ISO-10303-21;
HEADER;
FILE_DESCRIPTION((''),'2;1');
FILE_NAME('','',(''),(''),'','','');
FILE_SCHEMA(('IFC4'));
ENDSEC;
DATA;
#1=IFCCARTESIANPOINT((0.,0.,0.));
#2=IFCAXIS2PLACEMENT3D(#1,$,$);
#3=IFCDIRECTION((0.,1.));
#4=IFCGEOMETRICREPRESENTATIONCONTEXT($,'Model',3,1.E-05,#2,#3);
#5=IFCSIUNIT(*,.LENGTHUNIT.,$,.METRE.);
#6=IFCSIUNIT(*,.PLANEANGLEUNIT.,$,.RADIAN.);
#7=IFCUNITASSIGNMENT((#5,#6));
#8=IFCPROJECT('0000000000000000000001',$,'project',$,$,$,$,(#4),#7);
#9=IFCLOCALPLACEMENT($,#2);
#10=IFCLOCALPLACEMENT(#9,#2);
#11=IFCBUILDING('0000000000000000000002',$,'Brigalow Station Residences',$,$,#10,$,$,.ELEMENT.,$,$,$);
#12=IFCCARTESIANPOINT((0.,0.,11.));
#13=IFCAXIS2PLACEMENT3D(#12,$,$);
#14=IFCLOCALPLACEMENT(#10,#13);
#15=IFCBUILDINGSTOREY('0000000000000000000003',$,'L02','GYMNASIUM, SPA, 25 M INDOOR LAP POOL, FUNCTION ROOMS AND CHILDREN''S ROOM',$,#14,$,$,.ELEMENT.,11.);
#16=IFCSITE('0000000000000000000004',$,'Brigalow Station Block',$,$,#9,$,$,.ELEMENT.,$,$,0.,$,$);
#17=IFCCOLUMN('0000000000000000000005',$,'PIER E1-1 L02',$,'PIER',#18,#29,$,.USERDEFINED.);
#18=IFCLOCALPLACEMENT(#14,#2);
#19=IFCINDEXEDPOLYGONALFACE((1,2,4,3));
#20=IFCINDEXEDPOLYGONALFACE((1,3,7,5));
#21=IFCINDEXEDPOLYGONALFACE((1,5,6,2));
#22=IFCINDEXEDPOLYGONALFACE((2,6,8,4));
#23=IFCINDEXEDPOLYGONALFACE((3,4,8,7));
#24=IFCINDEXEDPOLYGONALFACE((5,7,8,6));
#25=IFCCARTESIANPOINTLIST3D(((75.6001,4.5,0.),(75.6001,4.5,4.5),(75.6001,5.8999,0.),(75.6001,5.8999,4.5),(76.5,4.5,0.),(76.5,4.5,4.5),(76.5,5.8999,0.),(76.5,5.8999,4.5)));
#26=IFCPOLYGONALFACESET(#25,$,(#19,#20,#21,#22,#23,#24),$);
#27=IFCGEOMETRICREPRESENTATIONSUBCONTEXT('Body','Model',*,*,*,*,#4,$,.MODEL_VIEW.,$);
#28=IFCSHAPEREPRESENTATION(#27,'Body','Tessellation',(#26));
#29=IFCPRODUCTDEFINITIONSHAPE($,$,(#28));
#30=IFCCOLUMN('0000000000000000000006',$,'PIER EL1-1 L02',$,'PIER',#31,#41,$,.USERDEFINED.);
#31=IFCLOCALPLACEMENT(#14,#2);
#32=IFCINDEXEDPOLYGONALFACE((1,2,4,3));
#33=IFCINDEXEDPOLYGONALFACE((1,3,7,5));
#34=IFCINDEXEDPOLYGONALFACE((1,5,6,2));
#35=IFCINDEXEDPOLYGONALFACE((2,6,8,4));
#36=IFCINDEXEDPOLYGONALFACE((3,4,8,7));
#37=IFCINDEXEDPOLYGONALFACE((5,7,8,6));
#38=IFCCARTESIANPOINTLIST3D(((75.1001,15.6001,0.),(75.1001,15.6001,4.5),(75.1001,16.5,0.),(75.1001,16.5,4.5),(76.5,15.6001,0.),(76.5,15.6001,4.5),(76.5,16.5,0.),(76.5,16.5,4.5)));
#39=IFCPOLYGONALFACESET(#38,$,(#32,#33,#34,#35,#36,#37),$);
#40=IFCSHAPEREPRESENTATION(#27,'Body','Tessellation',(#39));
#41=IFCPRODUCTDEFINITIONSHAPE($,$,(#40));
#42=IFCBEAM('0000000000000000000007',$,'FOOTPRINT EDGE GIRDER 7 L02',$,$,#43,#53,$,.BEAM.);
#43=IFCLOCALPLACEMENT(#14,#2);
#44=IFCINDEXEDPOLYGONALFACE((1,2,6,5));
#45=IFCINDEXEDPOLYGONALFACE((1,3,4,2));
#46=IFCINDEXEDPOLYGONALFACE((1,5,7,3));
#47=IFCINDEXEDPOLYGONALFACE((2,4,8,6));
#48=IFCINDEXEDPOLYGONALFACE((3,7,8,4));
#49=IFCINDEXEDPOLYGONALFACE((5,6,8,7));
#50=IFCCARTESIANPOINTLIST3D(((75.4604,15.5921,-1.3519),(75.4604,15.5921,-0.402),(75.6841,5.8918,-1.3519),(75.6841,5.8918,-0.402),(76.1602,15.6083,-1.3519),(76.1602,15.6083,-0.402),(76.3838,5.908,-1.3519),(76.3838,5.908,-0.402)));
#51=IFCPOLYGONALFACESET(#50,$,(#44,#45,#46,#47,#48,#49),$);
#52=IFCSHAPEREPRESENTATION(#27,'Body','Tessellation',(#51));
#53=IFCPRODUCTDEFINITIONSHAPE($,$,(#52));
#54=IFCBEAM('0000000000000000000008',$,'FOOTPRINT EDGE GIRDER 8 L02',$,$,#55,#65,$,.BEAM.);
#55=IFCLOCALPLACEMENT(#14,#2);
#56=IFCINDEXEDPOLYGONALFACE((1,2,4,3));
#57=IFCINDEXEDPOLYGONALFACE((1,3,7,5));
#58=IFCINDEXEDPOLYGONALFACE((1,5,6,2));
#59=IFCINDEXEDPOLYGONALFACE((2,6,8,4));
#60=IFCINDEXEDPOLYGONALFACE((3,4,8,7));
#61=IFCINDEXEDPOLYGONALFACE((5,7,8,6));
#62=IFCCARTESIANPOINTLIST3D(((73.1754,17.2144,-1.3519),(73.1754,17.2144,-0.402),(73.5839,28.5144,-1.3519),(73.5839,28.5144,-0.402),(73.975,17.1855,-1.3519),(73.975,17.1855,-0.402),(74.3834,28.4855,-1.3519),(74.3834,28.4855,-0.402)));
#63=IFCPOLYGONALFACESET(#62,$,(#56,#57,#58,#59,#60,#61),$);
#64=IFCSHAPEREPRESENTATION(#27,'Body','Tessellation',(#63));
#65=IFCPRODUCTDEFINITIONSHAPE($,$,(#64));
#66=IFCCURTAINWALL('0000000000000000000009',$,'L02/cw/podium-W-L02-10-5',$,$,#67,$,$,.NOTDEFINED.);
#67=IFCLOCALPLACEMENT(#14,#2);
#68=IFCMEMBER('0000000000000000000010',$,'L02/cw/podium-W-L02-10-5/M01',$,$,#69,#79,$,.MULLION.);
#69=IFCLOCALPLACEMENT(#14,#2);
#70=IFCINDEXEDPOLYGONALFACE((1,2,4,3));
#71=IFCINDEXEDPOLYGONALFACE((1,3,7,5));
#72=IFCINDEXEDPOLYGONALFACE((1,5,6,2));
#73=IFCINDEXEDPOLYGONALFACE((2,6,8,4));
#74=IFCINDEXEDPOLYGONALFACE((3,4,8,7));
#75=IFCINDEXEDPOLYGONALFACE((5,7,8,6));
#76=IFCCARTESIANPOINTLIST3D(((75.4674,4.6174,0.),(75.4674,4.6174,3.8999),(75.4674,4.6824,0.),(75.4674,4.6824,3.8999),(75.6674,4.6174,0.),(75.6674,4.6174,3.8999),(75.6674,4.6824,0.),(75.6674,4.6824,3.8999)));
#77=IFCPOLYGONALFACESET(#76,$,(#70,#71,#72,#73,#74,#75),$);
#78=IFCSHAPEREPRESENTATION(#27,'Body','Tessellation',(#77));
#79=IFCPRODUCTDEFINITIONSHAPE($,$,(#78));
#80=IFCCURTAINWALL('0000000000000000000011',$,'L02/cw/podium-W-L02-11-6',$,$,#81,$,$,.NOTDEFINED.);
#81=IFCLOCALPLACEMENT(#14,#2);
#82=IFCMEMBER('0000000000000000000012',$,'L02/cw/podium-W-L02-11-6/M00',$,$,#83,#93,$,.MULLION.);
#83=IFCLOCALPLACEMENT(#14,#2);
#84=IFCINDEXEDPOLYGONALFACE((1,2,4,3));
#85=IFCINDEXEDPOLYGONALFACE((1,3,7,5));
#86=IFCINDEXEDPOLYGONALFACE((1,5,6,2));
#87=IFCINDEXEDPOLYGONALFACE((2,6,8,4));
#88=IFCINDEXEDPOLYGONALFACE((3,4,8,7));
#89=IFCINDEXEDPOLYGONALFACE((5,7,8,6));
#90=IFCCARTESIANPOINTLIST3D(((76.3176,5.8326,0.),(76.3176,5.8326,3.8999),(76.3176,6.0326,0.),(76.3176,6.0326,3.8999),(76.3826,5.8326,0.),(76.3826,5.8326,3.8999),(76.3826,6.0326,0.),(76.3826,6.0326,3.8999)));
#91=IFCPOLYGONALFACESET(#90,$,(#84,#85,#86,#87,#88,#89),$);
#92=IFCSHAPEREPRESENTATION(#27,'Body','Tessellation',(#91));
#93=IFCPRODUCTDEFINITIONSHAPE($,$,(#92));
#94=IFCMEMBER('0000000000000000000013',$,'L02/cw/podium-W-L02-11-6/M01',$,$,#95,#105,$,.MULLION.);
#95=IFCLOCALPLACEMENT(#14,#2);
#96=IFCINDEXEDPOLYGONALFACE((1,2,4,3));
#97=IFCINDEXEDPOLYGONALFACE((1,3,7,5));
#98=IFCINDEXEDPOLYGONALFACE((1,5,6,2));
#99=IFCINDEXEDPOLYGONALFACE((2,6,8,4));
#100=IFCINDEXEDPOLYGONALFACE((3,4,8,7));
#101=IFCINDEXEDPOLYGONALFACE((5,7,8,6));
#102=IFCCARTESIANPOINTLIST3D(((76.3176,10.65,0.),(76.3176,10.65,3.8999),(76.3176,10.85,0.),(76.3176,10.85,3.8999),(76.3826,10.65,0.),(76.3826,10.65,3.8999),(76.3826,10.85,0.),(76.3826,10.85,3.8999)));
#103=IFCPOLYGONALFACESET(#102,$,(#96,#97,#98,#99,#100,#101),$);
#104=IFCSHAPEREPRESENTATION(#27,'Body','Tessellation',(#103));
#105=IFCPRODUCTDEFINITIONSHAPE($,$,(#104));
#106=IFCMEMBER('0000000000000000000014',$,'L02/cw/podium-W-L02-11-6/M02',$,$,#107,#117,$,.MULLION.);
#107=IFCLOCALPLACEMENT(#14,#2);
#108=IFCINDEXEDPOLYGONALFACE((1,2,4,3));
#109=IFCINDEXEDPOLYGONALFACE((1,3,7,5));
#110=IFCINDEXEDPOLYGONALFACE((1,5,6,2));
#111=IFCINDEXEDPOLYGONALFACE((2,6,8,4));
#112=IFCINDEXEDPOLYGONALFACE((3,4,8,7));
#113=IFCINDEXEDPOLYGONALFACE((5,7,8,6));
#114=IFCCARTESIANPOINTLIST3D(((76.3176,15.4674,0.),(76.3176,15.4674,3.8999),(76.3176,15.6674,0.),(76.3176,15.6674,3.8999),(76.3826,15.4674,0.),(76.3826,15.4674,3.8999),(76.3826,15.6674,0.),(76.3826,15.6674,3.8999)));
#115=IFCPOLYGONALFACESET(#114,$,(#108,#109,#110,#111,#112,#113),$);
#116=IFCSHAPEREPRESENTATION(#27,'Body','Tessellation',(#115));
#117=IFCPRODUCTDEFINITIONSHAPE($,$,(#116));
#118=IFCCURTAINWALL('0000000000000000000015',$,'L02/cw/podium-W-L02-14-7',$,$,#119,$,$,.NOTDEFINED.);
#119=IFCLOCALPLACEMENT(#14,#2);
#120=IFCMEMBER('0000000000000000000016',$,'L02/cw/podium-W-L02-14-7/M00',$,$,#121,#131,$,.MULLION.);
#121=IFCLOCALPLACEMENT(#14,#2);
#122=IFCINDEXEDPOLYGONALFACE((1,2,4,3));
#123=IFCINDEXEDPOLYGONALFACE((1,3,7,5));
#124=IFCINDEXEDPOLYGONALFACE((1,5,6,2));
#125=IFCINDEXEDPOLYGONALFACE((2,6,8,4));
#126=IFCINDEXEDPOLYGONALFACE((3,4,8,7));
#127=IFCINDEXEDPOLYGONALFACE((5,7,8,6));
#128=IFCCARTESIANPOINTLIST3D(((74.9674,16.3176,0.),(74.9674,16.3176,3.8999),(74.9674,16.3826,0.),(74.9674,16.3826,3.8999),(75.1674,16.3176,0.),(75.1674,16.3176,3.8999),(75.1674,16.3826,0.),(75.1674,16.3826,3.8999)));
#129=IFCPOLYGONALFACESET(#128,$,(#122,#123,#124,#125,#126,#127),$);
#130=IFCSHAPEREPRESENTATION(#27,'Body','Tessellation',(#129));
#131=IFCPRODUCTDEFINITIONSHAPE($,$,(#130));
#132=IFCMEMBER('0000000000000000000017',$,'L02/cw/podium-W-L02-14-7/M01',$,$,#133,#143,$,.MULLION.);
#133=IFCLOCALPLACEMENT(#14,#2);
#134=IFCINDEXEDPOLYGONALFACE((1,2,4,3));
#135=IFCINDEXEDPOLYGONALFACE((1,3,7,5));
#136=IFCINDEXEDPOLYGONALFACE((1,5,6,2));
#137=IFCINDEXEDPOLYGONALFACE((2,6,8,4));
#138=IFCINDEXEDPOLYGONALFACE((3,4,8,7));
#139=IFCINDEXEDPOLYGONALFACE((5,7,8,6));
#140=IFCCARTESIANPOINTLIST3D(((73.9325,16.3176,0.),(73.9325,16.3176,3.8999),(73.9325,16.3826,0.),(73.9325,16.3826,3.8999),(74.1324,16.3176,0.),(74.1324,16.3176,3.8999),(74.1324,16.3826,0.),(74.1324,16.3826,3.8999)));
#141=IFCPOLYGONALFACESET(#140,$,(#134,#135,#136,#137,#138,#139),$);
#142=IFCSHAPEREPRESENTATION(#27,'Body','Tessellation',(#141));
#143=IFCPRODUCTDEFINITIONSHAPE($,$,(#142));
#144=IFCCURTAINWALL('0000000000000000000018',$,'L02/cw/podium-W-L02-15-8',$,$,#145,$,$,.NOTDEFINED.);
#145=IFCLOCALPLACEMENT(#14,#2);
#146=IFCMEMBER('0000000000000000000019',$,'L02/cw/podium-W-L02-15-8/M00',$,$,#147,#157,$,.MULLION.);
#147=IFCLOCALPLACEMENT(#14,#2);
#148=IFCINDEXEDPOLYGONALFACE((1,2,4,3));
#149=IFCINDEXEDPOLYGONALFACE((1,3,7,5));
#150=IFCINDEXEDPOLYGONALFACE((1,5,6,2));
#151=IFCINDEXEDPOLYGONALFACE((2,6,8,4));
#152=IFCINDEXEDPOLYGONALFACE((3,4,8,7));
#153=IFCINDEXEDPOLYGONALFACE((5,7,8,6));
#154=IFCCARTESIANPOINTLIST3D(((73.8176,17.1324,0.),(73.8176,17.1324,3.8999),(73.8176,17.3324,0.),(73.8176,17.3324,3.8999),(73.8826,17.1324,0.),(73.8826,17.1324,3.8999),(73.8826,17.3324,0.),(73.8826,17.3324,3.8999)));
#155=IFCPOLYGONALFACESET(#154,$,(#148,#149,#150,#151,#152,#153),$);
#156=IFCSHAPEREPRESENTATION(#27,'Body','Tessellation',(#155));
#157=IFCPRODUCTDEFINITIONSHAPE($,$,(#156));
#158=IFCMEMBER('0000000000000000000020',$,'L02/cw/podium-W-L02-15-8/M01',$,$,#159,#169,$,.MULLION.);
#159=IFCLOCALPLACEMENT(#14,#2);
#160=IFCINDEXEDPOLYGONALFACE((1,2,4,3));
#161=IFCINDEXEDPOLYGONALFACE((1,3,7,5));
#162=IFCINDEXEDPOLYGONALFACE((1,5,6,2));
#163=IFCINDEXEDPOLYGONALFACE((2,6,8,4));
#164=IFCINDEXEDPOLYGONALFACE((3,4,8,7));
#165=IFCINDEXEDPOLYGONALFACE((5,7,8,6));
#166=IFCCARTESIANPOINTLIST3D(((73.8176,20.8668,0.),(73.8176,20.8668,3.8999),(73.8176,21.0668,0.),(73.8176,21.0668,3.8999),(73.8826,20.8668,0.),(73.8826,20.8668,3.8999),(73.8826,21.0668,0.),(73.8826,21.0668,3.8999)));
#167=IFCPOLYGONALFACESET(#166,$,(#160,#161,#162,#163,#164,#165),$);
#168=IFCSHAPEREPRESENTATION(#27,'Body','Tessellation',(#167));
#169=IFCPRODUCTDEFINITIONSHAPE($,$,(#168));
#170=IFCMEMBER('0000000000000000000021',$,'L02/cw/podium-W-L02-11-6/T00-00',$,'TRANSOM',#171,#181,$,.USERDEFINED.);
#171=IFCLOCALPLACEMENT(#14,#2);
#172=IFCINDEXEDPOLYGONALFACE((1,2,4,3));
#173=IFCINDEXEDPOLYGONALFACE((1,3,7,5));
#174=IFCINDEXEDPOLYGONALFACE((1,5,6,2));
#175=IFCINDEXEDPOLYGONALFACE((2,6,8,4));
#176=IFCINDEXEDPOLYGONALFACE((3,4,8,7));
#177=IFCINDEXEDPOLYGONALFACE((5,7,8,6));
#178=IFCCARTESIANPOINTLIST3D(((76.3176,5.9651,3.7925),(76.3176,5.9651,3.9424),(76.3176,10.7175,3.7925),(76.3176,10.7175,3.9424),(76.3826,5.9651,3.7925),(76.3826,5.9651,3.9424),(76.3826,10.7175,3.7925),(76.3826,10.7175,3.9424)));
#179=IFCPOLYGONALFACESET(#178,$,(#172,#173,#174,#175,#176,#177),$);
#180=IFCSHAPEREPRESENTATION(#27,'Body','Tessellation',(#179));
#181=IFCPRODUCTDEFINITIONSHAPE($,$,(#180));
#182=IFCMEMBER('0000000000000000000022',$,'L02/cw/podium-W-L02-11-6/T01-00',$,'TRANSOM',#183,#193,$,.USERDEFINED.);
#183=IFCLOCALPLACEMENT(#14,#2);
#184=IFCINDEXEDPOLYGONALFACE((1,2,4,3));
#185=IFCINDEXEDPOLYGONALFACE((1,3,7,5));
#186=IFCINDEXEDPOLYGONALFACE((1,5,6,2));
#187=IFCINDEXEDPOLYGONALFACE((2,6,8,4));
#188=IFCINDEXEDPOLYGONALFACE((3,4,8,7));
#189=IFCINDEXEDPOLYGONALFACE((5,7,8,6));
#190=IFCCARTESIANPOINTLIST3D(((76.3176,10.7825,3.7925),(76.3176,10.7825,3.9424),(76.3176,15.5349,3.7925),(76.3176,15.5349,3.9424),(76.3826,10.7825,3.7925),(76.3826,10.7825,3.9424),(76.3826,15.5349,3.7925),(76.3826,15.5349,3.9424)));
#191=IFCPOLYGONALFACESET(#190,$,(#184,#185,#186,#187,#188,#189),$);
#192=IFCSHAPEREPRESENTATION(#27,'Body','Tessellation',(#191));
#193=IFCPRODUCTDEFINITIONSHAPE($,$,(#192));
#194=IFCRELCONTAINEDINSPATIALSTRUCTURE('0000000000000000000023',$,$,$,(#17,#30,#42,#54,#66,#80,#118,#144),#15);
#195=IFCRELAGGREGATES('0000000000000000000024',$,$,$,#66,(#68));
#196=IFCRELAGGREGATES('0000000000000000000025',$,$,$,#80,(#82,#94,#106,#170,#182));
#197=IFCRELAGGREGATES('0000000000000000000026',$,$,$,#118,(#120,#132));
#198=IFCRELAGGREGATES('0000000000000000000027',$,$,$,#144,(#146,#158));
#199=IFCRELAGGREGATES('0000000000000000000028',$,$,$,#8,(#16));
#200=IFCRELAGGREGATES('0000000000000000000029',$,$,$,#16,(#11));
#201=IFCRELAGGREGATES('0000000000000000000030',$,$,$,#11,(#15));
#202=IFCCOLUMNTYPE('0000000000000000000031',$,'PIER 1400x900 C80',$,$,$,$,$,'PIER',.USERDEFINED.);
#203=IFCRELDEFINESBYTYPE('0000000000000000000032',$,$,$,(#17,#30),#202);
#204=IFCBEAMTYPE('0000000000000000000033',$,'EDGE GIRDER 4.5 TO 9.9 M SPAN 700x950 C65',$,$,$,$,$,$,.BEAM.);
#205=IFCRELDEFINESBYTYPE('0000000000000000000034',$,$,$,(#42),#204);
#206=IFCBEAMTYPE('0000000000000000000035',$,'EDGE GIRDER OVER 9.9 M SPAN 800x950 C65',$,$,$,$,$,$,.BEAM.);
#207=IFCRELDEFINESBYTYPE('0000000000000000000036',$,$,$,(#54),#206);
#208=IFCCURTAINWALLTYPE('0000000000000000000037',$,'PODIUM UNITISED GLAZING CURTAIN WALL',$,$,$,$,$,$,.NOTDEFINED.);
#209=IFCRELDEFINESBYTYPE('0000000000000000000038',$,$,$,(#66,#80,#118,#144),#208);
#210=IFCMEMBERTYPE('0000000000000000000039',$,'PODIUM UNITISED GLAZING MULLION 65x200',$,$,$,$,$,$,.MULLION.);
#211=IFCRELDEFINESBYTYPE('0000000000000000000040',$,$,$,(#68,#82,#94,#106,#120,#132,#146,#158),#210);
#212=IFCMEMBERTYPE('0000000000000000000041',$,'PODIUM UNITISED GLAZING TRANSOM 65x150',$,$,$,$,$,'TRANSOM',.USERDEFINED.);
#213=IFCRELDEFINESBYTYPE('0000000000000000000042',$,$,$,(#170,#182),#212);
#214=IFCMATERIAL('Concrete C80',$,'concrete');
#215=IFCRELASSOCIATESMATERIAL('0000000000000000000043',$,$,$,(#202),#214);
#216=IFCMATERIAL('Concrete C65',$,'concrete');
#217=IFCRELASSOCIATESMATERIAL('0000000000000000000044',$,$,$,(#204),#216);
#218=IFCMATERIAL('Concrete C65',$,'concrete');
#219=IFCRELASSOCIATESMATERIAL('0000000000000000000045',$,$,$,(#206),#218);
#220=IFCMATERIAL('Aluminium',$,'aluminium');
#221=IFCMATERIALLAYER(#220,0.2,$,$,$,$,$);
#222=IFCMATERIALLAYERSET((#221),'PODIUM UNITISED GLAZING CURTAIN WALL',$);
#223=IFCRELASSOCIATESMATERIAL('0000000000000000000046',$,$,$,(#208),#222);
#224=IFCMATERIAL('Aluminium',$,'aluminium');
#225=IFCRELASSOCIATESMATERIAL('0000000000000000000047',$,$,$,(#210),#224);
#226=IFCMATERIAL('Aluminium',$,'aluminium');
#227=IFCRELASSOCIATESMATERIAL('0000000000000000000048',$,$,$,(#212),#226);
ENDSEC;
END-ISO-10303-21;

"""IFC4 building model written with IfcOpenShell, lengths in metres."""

from ifc_helpers import new_model, si_unit, direction, frame, origin, origin_2d, place, context, subcontext, project, spatial, rectangle, extrude, material, layer, layer_set, material_profile, profile_set, type_object, element, aggregate, save


model = new_model("IFC4")

# Units and contexts
model_context = context("Model", 3, precision=1e-05, world=origin(), true_north=direction((0.0, 1.0)))
body_context = subcontext(model_context, "Body", "Model", "MODEL_VIEW")
ifc_project = project(units=[si_unit("LENGTHUNIT", "METRE"), si_unit("PLANEANGLEUNIT", "RADIAN")], contexts=[model_context])

# Site, building, storey
site_placement = place(None, origin())
site = spatial("IfcSite", under=ifc_project, at=site_placement, Name="Brigalow Station Block", CompositionType="ELEMENT", RefElevation=0.0)
building_placement = place(site_placement, origin())
building = spatial("IfcBuilding", under=site, at=building_placement, Name="Brigalow Station Residences", CompositionType="ELEMENT")
storey_placement = place(building_placement, frame((0.0, 0.0, 11.0)))
storey = spatial("IfcBuildingStorey", under=building, at=storey_placement, Name="L02", Description="GYMNASIUM, SPA, 25 M INDOOR LAP POOL, FUNCTION ROOMS AND CHILDREN'S ROOM", CompositionType="ELEMENT", Elevation=11.0)

# Columns
ifc_material_1 = material(Name="Concrete C80", Category="concrete")
ifc_material_profile_1 = material_profile(ifc_material_1, rectangle(XDim=1.3999, YDim=0.8999, at=origin_2d()), Name="RC1400x900")
ifc_profile_set_1 = profile_set([ifc_material_profile_1], Name="Concrete C80")
column_type = type_object("IfcColumnType", Name="PIER 1400x900 C80", ElementType="PIER", PredefinedType="USERDEFINED", material=ifc_profile_set_1)
for number, where, z_axis, x_axis, name in (
    (1, (76.05, 5.2, 0.0), (0.0, 0.0, 1.0), (0.0, 1.0, 0.0), "PIER E1-1 L02"),
    (2, (75.8, 16.05, 0.0), (0.0, 0.0, 1.0), (-1.0, 0.0, 0.0), "PIER EL1-1 L02"),
):
    element("IfcColumn", number, at=place(storey_placement, frame(where, z_axis=z_axis, x_axis=x_axis)), inside=storey, type_object=column_type, Name=name, ObjectType="PIER", PredefinedType="USERDEFINED", context=body_context, shape_type="SweptSolid", body=[
        extrude(rectangle(XDim=1.3999, YDim=0.8999, at=origin_2d()), origin(), (0.0, 0.0, 1.0), 4.5),
    ])

# Beams
ifc_material_2 = material(Name="Concrete C65", Category="concrete")
ifc_material_profile_2 = material_profile(ifc_material_2, rectangle(XDim=0.7, YDim=0.95, at=origin_2d()), Name="RC700x950")
ifc_profile_set_2 = profile_set([ifc_material_profile_2], Name="Concrete C65")
beam_type_1 = type_object("IfcBeamType", Name="EDGE GIRDER 4.5 TO 9.9 M SPAN 700x950 C65", PredefinedType="BEAM", material=ifc_profile_set_2)
beam_1_placement = place(storey_placement, frame((76.0339, 5.8999, -0.877), z_axis=(-0.023048, 0.999734, 0.0), x_axis=(-0.999734, -0.023048, 0.0)))
element("IfcBeam", 3, at=beam_1_placement, inside=storey, type_object=beam_type_1, Name="FOOTPRINT EDGE GIRDER 7 L02", PredefinedType="BEAM", context=body_context, shape_type="SweptSolid", body=[
    extrude(rectangle(XDim=0.7, YDim=0.95, at=origin_2d()), origin(), (0.0, 0.0, 1.0), 9.7029),
])
ifc_material_3 = material(Name="Concrete C65", Category="concrete")
ifc_material_profile_3 = material_profile(ifc_material_3, rectangle(XDim=0.8, YDim=0.95, at=origin_2d()), Name="RC800x950")
ifc_profile_set_3 = profile_set([ifc_material_profile_3], Name="Concrete C65")
beam_type_2 = type_object("IfcBeamType", Name="EDGE GIRDER OVER 9.9 M SPAN 800x950 C65", PredefinedType="BEAM", material=ifc_profile_set_3)
beam_2_placement = place(storey_placement, frame((73.5752, 17.2, -0.877), z_axis=(0.036122, 0.999347, 0.0), x_axis=(-0.999347, 0.036122, 0.0)))
element("IfcBeam", 4, at=beam_2_placement, inside=storey, type_object=beam_type_2, Name="FOOTPRINT EDGE GIRDER 8 L02", PredefinedType="BEAM", context=body_context, shape_type="SweptSolid", body=[
    extrude(rectangle(XDim=0.8, YDim=0.95, at=origin_2d()), origin(), (0.0, 0.0, 1.0), 11.3074),
])

# Curtain wall, member
ifc_material_4 = material(Name="Aluminium", Category="aluminium")
ifc_layer_1 = layer(ifc_material_4, 0.2)
ifc_layer_set_1 = layer_set([ifc_layer_1], Name="PODIUM UNITISED GLAZING CURTAIN WALL")
curtain_wall_type = type_object("IfcCurtainWallType", Name="PODIUM UNITISED GLAZING CURTAIN WALL", PredefinedType="NOTDEFINED", material=ifc_layer_set_1)
curtain_wall_1_placement = place(storey_placement, origin())
curtain_wall_1 = element("IfcCurtainWall", 5, at=curtain_wall_1_placement, inside=storey, type_object=curtain_wall_type, Name="L02/cw/podium-W-L02-10-5", PredefinedType="NOTDEFINED")
ifc_material_5 = material(Name="Aluminium", Category="aluminium")
ifc_material_profile_4 = material_profile(ifc_material_5, rectangle(XDim=0.0649, YDim=0.2, at=origin_2d()), Name="PODIUM UNITISED GLAZING MULLION 65x200")
ifc_profile_set_4 = profile_set([ifc_material_profile_4], Name="Aluminium")
member_type_1 = type_object("IfcMemberType", Name="PODIUM UNITISED GLAZING MULLION 65x200", PredefinedType="MULLION", material=ifc_profile_set_4)
member_1_placement = place(storey_placement, frame((75.5674, 4.6499, 0.0), z_axis=(0.0, 0.0, 1.0), x_axis=(0.0, 1.0, 0.0)))
member_1 = element("IfcMember", 6, at=member_1_placement, type_object=member_type_1, Name="L02/cw/podium-W-L02-10-5/M01", PredefinedType="MULLION", context=body_context, shape_type="SweptSolid", body=[
    extrude(rectangle(XDim=0.0649, YDim=0.2, at=origin_2d()), origin(), (0.0, 0.0, 1.0), 3.8999),
])

# Curtain walls, members
curtain_wall_2_placement = place(storey_placement, origin())
curtain_wall_2 = element("IfcCurtainWall", 7, at=curtain_wall_2_placement, inside=storey, type_object=curtain_wall_type, Name="L02/cw/podium-W-L02-11-6", PredefinedType="NOTDEFINED")
member_2_placement = place(storey_placement, frame((76.3501, 5.9326, 0.0), z_axis=(0.0, 0.0, 1.0), x_axis=(-1.0, 0.0, 0.0)))
member_2 = element("IfcMember", 8, at=member_2_placement, type_object=member_type_1, Name="L02/cw/podium-W-L02-11-6/M00", PredefinedType="MULLION", context=body_context, shape_type="SweptSolid", body=[
    extrude(rectangle(XDim=0.0649, YDim=0.2, at=origin_2d()), origin(), (0.0, 0.0, 1.0), 3.8999),
])
member_3_placement = place(storey_placement, frame((76.3501, 10.75, 0.0), z_axis=(0.0, 0.0, 1.0), x_axis=(-1.0, 0.0, 0.0)))
member_3 = element("IfcMember", 9, at=member_3_placement, type_object=member_type_1, Name="L02/cw/podium-W-L02-11-6/M01", PredefinedType="MULLION", context=body_context, shape_type="SweptSolid", body=[
    extrude(rectangle(XDim=0.0649, YDim=0.2, at=origin_2d()), origin(), (0.0, 0.0, 1.0), 3.8999),
])
member_4_placement = place(storey_placement, frame((76.3501, 15.5674, 0.0), z_axis=(0.0, 0.0, 1.0), x_axis=(-1.0, 0.0, 0.0)))
member_4 = element("IfcMember", 10, at=member_4_placement, type_object=member_type_1, Name="L02/cw/podium-W-L02-11-6/M02", PredefinedType="MULLION", context=body_context, shape_type="SweptSolid", body=[
    extrude(rectangle(XDim=0.0649, YDim=0.2, at=origin_2d()), origin(), (0.0, 0.0, 1.0), 3.8999),
])
curtain_wall_3_placement = place(storey_placement, origin())
curtain_wall_3 = element("IfcCurtainWall", 11, at=curtain_wall_3_placement, inside=storey, type_object=curtain_wall_type, Name="L02/cw/podium-W-L02-14-7", PredefinedType="NOTDEFINED")
member_5_placement = place(storey_placement, frame((75.0674, 16.3501, 0.0), z_axis=(0.0, 0.0, 1.0), x_axis=(0.0, -1.0, 0.0)))
member_5 = element("IfcMember", 12, at=member_5_placement, type_object=member_type_1, Name="L02/cw/podium-W-L02-14-7/M00", PredefinedType="MULLION", context=body_context, shape_type="SweptSolid", body=[
    extrude(rectangle(XDim=0.0649, YDim=0.2, at=origin_2d()), origin(), (0.0, 0.0, 1.0), 3.8999),
])
member_6_placement = place(storey_placement, frame((74.0325, 16.3501, 0.0), z_axis=(0.0, 0.0, 1.0), x_axis=(0.0, -1.0, 0.0)))
member_6 = element("IfcMember", 13, at=member_6_placement, type_object=member_type_1, Name="L02/cw/podium-W-L02-14-7/M01", PredefinedType="MULLION", context=body_context, shape_type="SweptSolid", body=[
    extrude(rectangle(XDim=0.0649, YDim=0.2, at=origin_2d()), origin(), (0.0, 0.0, 1.0), 3.8999),
])
curtain_wall_4_placement = place(storey_placement, origin())
curtain_wall_4 = element("IfcCurtainWall", 14, at=curtain_wall_4_placement, inside=storey, type_object=curtain_wall_type, Name="L02/cw/podium-W-L02-15-8", PredefinedType="NOTDEFINED")
member_7_placement = place(storey_placement, frame((73.8501, 17.2324, 0.0), z_axis=(0.0, 0.0, 1.0), x_axis=(-1.0, 0.0, 0.0)))
member_7 = element("IfcMember", 15, at=member_7_placement, type_object=member_type_1, Name="L02/cw/podium-W-L02-15-8/M00", PredefinedType="MULLION", context=body_context, shape_type="SweptSolid", body=[
    extrude(rectangle(XDim=0.0649, YDim=0.2, at=origin_2d()), origin(), (0.0, 0.0, 1.0), 3.8999),
])
member_8_placement = place(storey_placement, frame((73.8501, 20.9668, 0.0), z_axis=(0.0, 0.0, 1.0), x_axis=(-1.0, 0.0, 0.0)))
member_8 = element("IfcMember", 16, at=member_8_placement, type_object=member_type_1, Name="L02/cw/podium-W-L02-15-8/M01", PredefinedType="MULLION", context=body_context, shape_type="SweptSolid", body=[
    extrude(rectangle(XDim=0.0649, YDim=0.2, at=origin_2d()), origin(), (0.0, 0.0, 1.0), 3.8999),
])

# Members
ifc_material_6 = material(Name="Aluminium", Category="aluminium")
ifc_material_profile_5 = material_profile(ifc_material_6, rectangle(XDim=0.0649, YDim=0.1499, at=origin_2d()), Name="PODIUM UNITISED GLAZING TRANSOM 65x150")
ifc_profile_set_5 = profile_set([ifc_material_profile_5], Name="Aluminium")
member_type_2 = type_object("IfcMemberType", Name="PODIUM UNITISED GLAZING TRANSOM 65x150", ElementType="TRANSOM", PredefinedType="USERDEFINED", material=ifc_profile_set_5)
member_9_placement = place(storey_placement, frame((76.3501, 5.9651, 3.8674), z_axis=(0.0, 1.0, 0.0), x_axis=(-1.0, 0.0, 0.0)))
member_9 = element("IfcMember", 17, at=member_9_placement, type_object=member_type_2, Name="L02/cw/podium-W-L02-11-6/T00-00", ObjectType="TRANSOM", PredefinedType="USERDEFINED", context=body_context, shape_type="SweptSolid", body=[
    extrude(rectangle(XDim=0.0649, YDim=0.1499, at=origin_2d()), origin(), (0.0, 0.0, 1.0), 4.7524),
])
member_10_placement = place(storey_placement, frame((76.3501, 10.7825, 3.8674), z_axis=(0.0, 1.0, 0.0), x_axis=(-1.0, 0.0, 0.0)))
member_10 = element("IfcMember", 18, at=member_10_placement, type_object=member_type_2, Name="L02/cw/podium-W-L02-11-6/T01-00", ObjectType="TRANSOM", PredefinedType="USERDEFINED", context=body_context, shape_type="SweptSolid", body=[
    extrude(rectangle(XDim=0.0649, YDim=0.1499, at=origin_2d()), origin(), (0.0, 0.0, 1.0), 4.7524),
])

aggregate(curtain_wall_1, [member_1])
aggregate(curtain_wall_2, [member_2, member_3, member_4, member_9, member_10])
aggregate(curtain_wall_3, [member_5, member_6])
aggregate(curtain_wall_4, [member_7, member_8])

save(model, "model.ifc")
